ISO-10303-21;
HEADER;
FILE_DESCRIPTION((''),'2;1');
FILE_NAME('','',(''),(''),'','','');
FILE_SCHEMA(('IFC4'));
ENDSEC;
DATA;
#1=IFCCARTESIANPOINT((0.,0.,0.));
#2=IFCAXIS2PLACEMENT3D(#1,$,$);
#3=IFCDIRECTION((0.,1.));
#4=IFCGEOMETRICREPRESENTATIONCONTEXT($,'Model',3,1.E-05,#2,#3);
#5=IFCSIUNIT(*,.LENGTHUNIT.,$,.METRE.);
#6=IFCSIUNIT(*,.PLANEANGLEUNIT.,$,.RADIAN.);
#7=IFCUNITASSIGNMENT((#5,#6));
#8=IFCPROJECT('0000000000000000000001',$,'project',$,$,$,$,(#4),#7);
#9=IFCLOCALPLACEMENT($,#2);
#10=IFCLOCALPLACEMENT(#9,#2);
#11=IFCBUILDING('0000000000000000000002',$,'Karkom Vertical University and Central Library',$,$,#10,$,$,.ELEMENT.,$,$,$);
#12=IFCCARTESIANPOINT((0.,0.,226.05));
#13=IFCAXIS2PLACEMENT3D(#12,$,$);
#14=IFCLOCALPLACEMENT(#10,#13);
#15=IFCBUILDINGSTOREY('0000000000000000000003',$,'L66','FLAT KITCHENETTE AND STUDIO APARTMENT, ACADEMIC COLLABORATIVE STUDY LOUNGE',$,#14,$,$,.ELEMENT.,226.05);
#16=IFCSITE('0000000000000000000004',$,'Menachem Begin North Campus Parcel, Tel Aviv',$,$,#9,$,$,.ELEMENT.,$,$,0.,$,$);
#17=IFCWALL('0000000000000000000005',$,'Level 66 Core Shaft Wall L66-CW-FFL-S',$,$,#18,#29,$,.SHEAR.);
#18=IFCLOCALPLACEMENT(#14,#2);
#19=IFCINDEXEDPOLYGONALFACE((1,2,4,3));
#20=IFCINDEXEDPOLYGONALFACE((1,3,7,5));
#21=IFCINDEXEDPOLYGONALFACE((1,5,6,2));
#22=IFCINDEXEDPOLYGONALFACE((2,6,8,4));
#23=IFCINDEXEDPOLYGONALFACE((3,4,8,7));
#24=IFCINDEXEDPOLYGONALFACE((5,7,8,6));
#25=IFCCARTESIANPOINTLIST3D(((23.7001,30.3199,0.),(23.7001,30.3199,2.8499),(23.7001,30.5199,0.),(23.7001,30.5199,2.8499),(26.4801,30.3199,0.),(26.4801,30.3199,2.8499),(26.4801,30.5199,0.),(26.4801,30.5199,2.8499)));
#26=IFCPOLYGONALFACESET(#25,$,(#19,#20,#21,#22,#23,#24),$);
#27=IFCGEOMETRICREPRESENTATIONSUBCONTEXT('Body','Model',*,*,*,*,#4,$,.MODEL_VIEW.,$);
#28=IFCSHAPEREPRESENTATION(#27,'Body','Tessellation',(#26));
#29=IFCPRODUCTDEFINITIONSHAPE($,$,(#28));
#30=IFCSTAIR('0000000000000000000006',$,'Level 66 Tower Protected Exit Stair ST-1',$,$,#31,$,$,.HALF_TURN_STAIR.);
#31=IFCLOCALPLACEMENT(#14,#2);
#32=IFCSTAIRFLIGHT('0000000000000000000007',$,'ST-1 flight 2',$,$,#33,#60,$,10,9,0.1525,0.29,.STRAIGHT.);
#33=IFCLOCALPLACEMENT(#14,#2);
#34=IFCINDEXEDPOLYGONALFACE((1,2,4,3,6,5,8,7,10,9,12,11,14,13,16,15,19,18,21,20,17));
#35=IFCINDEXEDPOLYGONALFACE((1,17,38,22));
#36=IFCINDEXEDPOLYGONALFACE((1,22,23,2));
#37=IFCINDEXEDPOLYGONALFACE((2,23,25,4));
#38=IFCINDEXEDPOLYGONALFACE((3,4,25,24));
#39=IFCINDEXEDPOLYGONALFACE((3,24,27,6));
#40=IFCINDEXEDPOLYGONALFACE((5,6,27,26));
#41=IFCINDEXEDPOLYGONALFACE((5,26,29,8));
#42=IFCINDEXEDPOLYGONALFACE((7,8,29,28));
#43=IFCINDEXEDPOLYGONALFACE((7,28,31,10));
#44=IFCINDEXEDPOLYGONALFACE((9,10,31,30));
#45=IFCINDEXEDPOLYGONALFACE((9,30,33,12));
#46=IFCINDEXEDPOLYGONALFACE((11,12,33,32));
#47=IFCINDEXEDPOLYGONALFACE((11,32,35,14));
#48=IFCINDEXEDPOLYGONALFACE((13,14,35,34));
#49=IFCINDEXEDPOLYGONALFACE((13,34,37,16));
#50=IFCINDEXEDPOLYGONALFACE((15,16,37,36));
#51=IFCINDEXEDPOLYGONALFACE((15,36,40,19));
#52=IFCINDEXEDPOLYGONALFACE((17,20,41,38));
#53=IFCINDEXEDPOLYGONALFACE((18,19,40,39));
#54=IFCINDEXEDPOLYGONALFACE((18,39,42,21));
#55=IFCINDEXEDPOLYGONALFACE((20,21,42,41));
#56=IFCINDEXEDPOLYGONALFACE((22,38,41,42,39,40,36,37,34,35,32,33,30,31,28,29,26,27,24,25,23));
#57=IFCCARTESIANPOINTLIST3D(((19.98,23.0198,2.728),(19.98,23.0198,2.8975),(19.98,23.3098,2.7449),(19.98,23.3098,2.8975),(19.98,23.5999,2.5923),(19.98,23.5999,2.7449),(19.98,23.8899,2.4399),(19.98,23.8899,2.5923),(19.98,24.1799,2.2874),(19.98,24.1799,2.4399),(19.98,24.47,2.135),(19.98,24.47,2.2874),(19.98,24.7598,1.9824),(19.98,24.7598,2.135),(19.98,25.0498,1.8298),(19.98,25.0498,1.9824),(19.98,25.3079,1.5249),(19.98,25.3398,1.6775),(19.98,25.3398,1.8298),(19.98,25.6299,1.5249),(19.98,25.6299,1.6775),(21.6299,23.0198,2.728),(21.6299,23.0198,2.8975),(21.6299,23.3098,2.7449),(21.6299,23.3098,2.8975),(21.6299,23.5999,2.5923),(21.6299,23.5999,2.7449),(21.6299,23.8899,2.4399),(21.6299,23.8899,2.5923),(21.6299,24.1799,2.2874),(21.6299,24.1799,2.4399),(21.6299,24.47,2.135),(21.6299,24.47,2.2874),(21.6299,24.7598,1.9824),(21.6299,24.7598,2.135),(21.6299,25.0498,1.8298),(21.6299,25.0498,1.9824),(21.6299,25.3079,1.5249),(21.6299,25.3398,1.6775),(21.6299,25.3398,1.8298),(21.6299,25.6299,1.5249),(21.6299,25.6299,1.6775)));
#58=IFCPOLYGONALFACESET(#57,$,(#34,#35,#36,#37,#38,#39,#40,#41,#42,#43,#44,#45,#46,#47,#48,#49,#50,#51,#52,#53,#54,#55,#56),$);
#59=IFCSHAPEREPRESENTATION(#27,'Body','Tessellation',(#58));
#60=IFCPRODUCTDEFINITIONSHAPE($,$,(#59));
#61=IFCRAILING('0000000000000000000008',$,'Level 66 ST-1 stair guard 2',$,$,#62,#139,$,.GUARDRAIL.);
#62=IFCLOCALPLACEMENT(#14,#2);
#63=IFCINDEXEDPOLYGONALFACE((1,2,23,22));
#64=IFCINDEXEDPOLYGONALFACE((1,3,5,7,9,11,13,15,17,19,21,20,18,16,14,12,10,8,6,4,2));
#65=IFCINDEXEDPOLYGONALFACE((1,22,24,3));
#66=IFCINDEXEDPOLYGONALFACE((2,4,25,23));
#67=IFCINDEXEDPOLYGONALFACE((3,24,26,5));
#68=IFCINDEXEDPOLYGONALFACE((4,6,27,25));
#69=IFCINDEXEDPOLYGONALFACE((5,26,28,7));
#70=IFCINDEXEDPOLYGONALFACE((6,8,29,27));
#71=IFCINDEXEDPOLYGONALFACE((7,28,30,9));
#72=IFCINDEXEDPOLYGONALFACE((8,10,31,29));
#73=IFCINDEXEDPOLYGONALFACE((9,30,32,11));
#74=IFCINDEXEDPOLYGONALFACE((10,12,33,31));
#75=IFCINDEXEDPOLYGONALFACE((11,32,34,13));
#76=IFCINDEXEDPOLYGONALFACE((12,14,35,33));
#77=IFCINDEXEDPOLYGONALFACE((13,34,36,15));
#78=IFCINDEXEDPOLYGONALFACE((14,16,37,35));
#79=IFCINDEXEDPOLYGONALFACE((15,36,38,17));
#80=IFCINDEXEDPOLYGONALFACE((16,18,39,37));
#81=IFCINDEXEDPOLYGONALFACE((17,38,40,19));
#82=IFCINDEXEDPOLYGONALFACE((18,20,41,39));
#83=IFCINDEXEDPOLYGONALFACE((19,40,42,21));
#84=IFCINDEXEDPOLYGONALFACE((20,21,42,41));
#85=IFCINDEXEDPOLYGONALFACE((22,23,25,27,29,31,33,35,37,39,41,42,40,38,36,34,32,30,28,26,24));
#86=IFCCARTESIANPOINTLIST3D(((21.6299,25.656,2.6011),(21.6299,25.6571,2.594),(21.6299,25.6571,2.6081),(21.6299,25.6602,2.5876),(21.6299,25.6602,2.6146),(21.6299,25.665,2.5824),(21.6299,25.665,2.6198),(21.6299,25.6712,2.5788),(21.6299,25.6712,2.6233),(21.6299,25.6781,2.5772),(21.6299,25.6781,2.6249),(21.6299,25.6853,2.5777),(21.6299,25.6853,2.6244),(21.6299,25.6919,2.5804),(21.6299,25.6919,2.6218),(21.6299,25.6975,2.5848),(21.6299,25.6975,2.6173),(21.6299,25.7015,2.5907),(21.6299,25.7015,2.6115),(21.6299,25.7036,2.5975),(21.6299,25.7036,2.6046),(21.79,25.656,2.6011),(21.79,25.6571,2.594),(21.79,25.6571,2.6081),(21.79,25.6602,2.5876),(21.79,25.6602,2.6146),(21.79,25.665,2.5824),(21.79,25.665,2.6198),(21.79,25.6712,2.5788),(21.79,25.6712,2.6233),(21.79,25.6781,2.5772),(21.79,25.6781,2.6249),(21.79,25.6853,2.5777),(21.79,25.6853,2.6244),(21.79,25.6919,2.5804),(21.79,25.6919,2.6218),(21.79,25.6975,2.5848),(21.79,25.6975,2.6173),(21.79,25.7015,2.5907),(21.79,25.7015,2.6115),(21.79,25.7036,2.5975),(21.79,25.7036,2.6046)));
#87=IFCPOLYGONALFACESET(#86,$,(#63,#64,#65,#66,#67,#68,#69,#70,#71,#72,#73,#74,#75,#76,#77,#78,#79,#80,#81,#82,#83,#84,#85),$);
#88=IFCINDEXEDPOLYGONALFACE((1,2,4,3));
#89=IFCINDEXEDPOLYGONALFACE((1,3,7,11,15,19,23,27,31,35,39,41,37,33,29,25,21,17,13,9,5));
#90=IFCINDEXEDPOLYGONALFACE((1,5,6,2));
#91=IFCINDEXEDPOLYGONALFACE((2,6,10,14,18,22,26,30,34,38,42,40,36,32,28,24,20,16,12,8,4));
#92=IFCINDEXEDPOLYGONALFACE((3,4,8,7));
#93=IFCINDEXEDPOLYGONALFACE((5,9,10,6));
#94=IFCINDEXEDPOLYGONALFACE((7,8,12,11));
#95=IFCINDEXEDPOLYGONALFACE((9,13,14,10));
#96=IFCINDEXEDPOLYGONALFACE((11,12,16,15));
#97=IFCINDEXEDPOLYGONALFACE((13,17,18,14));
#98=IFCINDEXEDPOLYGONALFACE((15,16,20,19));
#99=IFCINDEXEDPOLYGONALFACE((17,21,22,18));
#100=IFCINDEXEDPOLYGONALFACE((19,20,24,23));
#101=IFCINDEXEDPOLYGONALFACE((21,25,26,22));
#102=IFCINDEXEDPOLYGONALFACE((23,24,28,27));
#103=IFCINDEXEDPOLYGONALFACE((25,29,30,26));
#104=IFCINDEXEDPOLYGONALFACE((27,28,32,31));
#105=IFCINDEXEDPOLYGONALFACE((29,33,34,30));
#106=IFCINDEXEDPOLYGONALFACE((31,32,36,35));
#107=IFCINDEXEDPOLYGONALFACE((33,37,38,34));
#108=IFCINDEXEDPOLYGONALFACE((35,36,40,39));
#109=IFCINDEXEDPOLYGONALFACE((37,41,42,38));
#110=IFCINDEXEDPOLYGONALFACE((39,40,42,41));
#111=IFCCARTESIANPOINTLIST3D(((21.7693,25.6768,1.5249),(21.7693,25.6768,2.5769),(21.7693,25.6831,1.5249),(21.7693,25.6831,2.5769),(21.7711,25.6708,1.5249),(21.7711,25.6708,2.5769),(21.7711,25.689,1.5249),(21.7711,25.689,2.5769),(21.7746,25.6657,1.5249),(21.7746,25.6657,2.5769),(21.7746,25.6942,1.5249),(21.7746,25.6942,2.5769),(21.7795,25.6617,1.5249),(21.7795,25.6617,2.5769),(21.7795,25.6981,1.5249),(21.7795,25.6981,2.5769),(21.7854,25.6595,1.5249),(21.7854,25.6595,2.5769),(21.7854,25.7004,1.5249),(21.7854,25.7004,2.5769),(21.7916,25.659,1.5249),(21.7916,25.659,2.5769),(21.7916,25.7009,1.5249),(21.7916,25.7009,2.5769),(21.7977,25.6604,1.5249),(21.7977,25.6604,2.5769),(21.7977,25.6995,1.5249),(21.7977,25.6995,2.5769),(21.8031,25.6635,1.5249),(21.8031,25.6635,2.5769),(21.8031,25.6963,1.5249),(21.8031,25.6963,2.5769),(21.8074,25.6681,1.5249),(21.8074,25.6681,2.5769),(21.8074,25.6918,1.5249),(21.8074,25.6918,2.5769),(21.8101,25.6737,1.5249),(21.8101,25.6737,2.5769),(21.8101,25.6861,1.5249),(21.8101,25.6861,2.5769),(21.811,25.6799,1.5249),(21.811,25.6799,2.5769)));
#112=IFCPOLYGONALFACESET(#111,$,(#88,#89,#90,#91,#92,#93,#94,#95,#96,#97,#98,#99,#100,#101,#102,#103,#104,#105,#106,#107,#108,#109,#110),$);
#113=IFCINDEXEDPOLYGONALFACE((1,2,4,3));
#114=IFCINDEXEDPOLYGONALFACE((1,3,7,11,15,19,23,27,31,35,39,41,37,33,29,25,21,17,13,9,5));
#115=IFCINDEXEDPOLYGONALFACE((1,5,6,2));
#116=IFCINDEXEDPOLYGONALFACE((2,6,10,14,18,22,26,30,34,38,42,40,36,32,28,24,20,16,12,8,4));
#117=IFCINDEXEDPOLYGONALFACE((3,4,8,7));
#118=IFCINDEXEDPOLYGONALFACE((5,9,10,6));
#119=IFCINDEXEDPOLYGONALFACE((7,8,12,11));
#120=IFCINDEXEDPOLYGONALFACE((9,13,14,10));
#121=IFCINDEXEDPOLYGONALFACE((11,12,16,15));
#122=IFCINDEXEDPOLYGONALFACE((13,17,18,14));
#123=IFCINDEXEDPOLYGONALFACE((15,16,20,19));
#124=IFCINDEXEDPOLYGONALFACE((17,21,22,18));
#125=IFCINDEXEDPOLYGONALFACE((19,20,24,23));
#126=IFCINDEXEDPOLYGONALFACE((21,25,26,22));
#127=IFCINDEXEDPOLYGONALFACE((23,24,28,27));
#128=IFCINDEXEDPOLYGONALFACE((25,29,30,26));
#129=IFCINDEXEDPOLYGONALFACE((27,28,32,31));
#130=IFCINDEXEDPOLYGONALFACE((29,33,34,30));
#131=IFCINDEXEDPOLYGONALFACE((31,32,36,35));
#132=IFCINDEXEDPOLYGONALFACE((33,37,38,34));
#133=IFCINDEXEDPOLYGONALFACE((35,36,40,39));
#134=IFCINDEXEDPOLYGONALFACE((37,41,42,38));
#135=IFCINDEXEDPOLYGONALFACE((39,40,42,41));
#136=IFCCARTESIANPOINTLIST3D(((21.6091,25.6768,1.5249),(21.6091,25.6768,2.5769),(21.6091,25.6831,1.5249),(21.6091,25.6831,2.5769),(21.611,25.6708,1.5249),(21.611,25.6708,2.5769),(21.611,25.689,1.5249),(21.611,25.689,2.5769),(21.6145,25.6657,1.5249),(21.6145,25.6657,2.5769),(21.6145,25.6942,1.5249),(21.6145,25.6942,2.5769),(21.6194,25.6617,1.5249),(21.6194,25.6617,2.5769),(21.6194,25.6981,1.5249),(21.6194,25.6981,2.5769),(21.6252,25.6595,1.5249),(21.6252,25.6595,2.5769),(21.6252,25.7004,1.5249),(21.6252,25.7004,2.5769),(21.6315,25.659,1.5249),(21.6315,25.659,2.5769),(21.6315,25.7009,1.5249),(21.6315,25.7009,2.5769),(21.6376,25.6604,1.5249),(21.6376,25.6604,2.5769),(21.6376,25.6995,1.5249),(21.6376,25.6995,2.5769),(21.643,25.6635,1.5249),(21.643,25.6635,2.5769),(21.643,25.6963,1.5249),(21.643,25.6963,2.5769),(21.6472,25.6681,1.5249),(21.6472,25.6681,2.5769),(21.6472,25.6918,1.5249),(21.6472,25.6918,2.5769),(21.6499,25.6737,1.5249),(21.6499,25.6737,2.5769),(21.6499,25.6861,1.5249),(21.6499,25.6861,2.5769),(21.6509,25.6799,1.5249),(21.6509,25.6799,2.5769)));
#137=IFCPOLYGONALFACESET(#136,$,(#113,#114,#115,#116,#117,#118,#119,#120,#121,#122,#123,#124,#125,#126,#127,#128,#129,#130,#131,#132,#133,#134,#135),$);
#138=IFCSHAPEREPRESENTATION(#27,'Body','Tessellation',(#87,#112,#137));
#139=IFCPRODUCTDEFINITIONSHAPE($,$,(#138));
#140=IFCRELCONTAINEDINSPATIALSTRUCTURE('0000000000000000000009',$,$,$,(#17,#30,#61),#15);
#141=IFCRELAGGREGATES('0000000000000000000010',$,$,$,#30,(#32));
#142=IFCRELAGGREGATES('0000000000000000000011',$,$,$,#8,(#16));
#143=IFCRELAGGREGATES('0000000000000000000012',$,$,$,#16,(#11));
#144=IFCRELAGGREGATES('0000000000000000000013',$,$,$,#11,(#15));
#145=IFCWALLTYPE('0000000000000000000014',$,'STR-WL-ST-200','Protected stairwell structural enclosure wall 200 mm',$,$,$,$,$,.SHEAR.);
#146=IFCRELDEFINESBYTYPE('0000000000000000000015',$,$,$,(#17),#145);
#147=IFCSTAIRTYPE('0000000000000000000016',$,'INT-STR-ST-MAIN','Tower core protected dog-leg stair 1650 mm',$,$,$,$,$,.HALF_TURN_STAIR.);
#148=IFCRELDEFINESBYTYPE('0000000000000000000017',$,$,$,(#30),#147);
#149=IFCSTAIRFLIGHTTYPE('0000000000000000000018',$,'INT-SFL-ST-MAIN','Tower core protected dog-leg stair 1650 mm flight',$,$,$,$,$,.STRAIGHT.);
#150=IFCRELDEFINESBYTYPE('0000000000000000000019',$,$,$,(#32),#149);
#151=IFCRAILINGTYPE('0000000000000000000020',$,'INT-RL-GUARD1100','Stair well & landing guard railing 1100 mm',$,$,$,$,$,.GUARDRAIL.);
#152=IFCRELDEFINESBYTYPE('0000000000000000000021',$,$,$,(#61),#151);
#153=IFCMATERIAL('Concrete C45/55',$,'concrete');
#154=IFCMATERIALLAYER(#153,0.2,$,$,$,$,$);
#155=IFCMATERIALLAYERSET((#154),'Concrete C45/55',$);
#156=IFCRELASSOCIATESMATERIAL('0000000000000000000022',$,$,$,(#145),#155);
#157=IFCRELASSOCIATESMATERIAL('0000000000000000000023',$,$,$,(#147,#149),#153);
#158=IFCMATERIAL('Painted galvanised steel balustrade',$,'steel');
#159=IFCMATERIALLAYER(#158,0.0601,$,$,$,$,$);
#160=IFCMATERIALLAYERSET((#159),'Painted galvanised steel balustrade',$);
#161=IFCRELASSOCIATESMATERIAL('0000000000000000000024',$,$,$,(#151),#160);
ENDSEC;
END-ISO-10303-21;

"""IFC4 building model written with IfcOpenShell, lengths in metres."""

from ifc_helpers import new_model, si_unit, direction, frame, frame_2d, origin, origin_2d, place, context, subcontext, project, spatial, polyline, rectangle, circle, outline, extrude, material, layer, layer_set, type_object, element, aggregate, save


model = new_model("IFC4")

# Units and contexts
model_context = context("Model", 3, precision=1e-05, world=origin(), true_north=direction((0.0, 1.0)))
body_context = subcontext(model_context, "Body", "Model", "MODEL_VIEW")
ifc_project = project(units=[si_unit("LENGTHUNIT", "METRE"), si_unit("PLANEANGLEUNIT", "RADIAN")], contexts=[model_context])

# Site, building, storey
site_placement = place(None, origin())
site = spatial("IfcSite", under=ifc_project, at=site_placement, Name="Menachem Begin North Campus Parcel, Tel Aviv", CompositionType="ELEMENT", RefElevation=0.0)
building_placement = place(site_placement, origin())
building = spatial("IfcBuilding", under=site, at=building_placement, Name="Karkom Vertical University and Central Library", CompositionType="ELEMENT")
storey_placement = place(building_placement, frame((0.0, 0.0, 226.05)))
storey = spatial("IfcBuildingStorey", under=building, at=storey_placement, Name="L66", Description="FLAT KITCHENETTE AND STUDIO APARTMENT, ACADEMIC COLLABORATIVE STUDY LOUNGE", CompositionType="ELEMENT", Elevation=226.05)

# Shared definitions
ifc_material_1 = material(Name="Concrete C45/55", Category="concrete")
ifc_layer_1 = layer(ifc_material_1, 0.2)
ifc_layer_set_1 = layer_set([ifc_layer_1], Name="Concrete C45/55")
wall_type_1 = type_object("IfcWallType", Name="STR-WL-ST-200", Description="Protected stairwell structural enclosure wall 200 mm", PredefinedType="SHEAR", material=ifc_layer_set_1)

# Wall
wall_1_placement = place(storey_placement, frame((23.7, 30.4199, 0.0), z_axis=(0.0, 0.0, 1.0), x_axis=(1.0, 0.0, 0.0)))
element("IfcWall", 1, at=wall_1_placement, inside=storey, type_object=wall_type_1, Name="Level 66 Core Shaft Wall L66-CW-FFL-S", PredefinedType="SHEAR", context=body_context, shape_type="SweptSolid", body=[
    extrude(rectangle(XDim=2.78, YDim=0.2, at=frame_2d((1.3901, 0.0))), origin(), (0.0, 0.0, 1.0), 2.8499),
])

# Stair, stair flight
stair_type = type_object("IfcStairType", Name="INT-STR-ST-MAIN", Description="Tower core protected dog-leg stair 1650 mm", PredefinedType="HALF_TURN_STAIR", material=ifc_material_1)
stair_placement = place(storey_placement, origin())
stair = element("IfcStair", 2, at=stair_placement, inside=storey, type_object=stair_type, Name="Level 66 Tower Protected Exit Stair ST-1", PredefinedType="HALF_TURN_STAIR")
stair_flight_type = type_object("IfcStairFlightType", Name="INT-SFL-ST-MAIN", Description="Tower core protected dog-leg stair 1650 mm flight", PredefinedType="STRAIGHT", material=ifc_material_1)
stair_flight_placement = place(storey_placement, frame((20.8049, 25.6299, 1.5249), z_axis=(0.0, 0.0, 1.0), x_axis=(0.0, -1.0, 0.0)))
stair_flight = element("IfcStairFlight", 3, at=stair_flight_placement, type_object=stair_flight_type, Name="ST-1 flight 2", NumberOfRisers=10, NumberOfTreads=9, PredefinedType="STRAIGHT", RiserHeight=0.1525, TreadLength=0.29, context=body_context, shape_type="SweptSolid", body=[
    extrude(outline(polyline([(0.0, 0.0), (0.0, 0.1526), (0.29, 0.1526), (0.29, 0.3049), (0.5801, 0.3049), (0.5801, 0.4575), (0.8701, 0.4575), (0.8701, 0.6101), (1.1599, 0.6101), (1.1599, 0.7625), (1.45, 0.7625), (1.45, 0.915), (1.74, 0.915), (1.74, 1.0674), (2.03, 1.0674), (2.03, 1.22), (2.3201, 1.22), (2.3201, 1.3726), (2.6101, 1.3726), (2.6101, 1.5249), (2.6101, 1.2031), (0.322, 0.0), (0.0, 0.0)])), frame((0.0, 0.825, 0.0), z_axis=(0.0, -1.0, 0.0), x_axis=(1.0, 0.0, 0.0)), (0.0, 0.0, 1.0), 1.6499),
])
aggregate(stair, [stair_flight])

# Railing
ifc_material_2 = material(Name="Painted galvanised steel balustrade", Category="steel")
ifc_layer_2 = layer(ifc_material_2, 0.0601)
ifc_layer_set_2 = layer_set([ifc_layer_2], Name="Painted galvanised steel balustrade")
railing_type_1 = type_object("IfcRailingType", Name="INT-RL-GUARD1100", Description="Stair well & landing guard railing 1100 mm", PredefinedType="GUARDRAIL", material=ifc_layer_set_2)
railing_1_placement = place(storey_placement, frame((21.79, 25.6799, 1.5249)))
element("IfcRailing", 4, at=railing_1_placement, inside=storey, type_object=railing_type_1, Name="Level 66 ST-1 stair guard 2", PredefinedType="GUARDRAIL", context=body_context, shape_type="SweptSolid", body=[
    extrude(circle(Radius=0.0239, at=origin_2d()), frame((0.0, 0.0, 1.0762), z_axis=(-1.0, 0.0, 0.0), x_axis=(0.0, -1.0, 0.0)), (0.0, 0.0, 1.0), 0.1602),
    extrude(circle(Radius=0.021, at=origin_2d()), origin(), (0.0, 0.0, 1.0), 1.052),
    extrude(circle(Radius=0.021, at=origin_2d()), frame((-0.1602, 0.0, 0.0)), (0.0, 0.0, 1.0), 1.052),
])

save(model, "model.ifc")
